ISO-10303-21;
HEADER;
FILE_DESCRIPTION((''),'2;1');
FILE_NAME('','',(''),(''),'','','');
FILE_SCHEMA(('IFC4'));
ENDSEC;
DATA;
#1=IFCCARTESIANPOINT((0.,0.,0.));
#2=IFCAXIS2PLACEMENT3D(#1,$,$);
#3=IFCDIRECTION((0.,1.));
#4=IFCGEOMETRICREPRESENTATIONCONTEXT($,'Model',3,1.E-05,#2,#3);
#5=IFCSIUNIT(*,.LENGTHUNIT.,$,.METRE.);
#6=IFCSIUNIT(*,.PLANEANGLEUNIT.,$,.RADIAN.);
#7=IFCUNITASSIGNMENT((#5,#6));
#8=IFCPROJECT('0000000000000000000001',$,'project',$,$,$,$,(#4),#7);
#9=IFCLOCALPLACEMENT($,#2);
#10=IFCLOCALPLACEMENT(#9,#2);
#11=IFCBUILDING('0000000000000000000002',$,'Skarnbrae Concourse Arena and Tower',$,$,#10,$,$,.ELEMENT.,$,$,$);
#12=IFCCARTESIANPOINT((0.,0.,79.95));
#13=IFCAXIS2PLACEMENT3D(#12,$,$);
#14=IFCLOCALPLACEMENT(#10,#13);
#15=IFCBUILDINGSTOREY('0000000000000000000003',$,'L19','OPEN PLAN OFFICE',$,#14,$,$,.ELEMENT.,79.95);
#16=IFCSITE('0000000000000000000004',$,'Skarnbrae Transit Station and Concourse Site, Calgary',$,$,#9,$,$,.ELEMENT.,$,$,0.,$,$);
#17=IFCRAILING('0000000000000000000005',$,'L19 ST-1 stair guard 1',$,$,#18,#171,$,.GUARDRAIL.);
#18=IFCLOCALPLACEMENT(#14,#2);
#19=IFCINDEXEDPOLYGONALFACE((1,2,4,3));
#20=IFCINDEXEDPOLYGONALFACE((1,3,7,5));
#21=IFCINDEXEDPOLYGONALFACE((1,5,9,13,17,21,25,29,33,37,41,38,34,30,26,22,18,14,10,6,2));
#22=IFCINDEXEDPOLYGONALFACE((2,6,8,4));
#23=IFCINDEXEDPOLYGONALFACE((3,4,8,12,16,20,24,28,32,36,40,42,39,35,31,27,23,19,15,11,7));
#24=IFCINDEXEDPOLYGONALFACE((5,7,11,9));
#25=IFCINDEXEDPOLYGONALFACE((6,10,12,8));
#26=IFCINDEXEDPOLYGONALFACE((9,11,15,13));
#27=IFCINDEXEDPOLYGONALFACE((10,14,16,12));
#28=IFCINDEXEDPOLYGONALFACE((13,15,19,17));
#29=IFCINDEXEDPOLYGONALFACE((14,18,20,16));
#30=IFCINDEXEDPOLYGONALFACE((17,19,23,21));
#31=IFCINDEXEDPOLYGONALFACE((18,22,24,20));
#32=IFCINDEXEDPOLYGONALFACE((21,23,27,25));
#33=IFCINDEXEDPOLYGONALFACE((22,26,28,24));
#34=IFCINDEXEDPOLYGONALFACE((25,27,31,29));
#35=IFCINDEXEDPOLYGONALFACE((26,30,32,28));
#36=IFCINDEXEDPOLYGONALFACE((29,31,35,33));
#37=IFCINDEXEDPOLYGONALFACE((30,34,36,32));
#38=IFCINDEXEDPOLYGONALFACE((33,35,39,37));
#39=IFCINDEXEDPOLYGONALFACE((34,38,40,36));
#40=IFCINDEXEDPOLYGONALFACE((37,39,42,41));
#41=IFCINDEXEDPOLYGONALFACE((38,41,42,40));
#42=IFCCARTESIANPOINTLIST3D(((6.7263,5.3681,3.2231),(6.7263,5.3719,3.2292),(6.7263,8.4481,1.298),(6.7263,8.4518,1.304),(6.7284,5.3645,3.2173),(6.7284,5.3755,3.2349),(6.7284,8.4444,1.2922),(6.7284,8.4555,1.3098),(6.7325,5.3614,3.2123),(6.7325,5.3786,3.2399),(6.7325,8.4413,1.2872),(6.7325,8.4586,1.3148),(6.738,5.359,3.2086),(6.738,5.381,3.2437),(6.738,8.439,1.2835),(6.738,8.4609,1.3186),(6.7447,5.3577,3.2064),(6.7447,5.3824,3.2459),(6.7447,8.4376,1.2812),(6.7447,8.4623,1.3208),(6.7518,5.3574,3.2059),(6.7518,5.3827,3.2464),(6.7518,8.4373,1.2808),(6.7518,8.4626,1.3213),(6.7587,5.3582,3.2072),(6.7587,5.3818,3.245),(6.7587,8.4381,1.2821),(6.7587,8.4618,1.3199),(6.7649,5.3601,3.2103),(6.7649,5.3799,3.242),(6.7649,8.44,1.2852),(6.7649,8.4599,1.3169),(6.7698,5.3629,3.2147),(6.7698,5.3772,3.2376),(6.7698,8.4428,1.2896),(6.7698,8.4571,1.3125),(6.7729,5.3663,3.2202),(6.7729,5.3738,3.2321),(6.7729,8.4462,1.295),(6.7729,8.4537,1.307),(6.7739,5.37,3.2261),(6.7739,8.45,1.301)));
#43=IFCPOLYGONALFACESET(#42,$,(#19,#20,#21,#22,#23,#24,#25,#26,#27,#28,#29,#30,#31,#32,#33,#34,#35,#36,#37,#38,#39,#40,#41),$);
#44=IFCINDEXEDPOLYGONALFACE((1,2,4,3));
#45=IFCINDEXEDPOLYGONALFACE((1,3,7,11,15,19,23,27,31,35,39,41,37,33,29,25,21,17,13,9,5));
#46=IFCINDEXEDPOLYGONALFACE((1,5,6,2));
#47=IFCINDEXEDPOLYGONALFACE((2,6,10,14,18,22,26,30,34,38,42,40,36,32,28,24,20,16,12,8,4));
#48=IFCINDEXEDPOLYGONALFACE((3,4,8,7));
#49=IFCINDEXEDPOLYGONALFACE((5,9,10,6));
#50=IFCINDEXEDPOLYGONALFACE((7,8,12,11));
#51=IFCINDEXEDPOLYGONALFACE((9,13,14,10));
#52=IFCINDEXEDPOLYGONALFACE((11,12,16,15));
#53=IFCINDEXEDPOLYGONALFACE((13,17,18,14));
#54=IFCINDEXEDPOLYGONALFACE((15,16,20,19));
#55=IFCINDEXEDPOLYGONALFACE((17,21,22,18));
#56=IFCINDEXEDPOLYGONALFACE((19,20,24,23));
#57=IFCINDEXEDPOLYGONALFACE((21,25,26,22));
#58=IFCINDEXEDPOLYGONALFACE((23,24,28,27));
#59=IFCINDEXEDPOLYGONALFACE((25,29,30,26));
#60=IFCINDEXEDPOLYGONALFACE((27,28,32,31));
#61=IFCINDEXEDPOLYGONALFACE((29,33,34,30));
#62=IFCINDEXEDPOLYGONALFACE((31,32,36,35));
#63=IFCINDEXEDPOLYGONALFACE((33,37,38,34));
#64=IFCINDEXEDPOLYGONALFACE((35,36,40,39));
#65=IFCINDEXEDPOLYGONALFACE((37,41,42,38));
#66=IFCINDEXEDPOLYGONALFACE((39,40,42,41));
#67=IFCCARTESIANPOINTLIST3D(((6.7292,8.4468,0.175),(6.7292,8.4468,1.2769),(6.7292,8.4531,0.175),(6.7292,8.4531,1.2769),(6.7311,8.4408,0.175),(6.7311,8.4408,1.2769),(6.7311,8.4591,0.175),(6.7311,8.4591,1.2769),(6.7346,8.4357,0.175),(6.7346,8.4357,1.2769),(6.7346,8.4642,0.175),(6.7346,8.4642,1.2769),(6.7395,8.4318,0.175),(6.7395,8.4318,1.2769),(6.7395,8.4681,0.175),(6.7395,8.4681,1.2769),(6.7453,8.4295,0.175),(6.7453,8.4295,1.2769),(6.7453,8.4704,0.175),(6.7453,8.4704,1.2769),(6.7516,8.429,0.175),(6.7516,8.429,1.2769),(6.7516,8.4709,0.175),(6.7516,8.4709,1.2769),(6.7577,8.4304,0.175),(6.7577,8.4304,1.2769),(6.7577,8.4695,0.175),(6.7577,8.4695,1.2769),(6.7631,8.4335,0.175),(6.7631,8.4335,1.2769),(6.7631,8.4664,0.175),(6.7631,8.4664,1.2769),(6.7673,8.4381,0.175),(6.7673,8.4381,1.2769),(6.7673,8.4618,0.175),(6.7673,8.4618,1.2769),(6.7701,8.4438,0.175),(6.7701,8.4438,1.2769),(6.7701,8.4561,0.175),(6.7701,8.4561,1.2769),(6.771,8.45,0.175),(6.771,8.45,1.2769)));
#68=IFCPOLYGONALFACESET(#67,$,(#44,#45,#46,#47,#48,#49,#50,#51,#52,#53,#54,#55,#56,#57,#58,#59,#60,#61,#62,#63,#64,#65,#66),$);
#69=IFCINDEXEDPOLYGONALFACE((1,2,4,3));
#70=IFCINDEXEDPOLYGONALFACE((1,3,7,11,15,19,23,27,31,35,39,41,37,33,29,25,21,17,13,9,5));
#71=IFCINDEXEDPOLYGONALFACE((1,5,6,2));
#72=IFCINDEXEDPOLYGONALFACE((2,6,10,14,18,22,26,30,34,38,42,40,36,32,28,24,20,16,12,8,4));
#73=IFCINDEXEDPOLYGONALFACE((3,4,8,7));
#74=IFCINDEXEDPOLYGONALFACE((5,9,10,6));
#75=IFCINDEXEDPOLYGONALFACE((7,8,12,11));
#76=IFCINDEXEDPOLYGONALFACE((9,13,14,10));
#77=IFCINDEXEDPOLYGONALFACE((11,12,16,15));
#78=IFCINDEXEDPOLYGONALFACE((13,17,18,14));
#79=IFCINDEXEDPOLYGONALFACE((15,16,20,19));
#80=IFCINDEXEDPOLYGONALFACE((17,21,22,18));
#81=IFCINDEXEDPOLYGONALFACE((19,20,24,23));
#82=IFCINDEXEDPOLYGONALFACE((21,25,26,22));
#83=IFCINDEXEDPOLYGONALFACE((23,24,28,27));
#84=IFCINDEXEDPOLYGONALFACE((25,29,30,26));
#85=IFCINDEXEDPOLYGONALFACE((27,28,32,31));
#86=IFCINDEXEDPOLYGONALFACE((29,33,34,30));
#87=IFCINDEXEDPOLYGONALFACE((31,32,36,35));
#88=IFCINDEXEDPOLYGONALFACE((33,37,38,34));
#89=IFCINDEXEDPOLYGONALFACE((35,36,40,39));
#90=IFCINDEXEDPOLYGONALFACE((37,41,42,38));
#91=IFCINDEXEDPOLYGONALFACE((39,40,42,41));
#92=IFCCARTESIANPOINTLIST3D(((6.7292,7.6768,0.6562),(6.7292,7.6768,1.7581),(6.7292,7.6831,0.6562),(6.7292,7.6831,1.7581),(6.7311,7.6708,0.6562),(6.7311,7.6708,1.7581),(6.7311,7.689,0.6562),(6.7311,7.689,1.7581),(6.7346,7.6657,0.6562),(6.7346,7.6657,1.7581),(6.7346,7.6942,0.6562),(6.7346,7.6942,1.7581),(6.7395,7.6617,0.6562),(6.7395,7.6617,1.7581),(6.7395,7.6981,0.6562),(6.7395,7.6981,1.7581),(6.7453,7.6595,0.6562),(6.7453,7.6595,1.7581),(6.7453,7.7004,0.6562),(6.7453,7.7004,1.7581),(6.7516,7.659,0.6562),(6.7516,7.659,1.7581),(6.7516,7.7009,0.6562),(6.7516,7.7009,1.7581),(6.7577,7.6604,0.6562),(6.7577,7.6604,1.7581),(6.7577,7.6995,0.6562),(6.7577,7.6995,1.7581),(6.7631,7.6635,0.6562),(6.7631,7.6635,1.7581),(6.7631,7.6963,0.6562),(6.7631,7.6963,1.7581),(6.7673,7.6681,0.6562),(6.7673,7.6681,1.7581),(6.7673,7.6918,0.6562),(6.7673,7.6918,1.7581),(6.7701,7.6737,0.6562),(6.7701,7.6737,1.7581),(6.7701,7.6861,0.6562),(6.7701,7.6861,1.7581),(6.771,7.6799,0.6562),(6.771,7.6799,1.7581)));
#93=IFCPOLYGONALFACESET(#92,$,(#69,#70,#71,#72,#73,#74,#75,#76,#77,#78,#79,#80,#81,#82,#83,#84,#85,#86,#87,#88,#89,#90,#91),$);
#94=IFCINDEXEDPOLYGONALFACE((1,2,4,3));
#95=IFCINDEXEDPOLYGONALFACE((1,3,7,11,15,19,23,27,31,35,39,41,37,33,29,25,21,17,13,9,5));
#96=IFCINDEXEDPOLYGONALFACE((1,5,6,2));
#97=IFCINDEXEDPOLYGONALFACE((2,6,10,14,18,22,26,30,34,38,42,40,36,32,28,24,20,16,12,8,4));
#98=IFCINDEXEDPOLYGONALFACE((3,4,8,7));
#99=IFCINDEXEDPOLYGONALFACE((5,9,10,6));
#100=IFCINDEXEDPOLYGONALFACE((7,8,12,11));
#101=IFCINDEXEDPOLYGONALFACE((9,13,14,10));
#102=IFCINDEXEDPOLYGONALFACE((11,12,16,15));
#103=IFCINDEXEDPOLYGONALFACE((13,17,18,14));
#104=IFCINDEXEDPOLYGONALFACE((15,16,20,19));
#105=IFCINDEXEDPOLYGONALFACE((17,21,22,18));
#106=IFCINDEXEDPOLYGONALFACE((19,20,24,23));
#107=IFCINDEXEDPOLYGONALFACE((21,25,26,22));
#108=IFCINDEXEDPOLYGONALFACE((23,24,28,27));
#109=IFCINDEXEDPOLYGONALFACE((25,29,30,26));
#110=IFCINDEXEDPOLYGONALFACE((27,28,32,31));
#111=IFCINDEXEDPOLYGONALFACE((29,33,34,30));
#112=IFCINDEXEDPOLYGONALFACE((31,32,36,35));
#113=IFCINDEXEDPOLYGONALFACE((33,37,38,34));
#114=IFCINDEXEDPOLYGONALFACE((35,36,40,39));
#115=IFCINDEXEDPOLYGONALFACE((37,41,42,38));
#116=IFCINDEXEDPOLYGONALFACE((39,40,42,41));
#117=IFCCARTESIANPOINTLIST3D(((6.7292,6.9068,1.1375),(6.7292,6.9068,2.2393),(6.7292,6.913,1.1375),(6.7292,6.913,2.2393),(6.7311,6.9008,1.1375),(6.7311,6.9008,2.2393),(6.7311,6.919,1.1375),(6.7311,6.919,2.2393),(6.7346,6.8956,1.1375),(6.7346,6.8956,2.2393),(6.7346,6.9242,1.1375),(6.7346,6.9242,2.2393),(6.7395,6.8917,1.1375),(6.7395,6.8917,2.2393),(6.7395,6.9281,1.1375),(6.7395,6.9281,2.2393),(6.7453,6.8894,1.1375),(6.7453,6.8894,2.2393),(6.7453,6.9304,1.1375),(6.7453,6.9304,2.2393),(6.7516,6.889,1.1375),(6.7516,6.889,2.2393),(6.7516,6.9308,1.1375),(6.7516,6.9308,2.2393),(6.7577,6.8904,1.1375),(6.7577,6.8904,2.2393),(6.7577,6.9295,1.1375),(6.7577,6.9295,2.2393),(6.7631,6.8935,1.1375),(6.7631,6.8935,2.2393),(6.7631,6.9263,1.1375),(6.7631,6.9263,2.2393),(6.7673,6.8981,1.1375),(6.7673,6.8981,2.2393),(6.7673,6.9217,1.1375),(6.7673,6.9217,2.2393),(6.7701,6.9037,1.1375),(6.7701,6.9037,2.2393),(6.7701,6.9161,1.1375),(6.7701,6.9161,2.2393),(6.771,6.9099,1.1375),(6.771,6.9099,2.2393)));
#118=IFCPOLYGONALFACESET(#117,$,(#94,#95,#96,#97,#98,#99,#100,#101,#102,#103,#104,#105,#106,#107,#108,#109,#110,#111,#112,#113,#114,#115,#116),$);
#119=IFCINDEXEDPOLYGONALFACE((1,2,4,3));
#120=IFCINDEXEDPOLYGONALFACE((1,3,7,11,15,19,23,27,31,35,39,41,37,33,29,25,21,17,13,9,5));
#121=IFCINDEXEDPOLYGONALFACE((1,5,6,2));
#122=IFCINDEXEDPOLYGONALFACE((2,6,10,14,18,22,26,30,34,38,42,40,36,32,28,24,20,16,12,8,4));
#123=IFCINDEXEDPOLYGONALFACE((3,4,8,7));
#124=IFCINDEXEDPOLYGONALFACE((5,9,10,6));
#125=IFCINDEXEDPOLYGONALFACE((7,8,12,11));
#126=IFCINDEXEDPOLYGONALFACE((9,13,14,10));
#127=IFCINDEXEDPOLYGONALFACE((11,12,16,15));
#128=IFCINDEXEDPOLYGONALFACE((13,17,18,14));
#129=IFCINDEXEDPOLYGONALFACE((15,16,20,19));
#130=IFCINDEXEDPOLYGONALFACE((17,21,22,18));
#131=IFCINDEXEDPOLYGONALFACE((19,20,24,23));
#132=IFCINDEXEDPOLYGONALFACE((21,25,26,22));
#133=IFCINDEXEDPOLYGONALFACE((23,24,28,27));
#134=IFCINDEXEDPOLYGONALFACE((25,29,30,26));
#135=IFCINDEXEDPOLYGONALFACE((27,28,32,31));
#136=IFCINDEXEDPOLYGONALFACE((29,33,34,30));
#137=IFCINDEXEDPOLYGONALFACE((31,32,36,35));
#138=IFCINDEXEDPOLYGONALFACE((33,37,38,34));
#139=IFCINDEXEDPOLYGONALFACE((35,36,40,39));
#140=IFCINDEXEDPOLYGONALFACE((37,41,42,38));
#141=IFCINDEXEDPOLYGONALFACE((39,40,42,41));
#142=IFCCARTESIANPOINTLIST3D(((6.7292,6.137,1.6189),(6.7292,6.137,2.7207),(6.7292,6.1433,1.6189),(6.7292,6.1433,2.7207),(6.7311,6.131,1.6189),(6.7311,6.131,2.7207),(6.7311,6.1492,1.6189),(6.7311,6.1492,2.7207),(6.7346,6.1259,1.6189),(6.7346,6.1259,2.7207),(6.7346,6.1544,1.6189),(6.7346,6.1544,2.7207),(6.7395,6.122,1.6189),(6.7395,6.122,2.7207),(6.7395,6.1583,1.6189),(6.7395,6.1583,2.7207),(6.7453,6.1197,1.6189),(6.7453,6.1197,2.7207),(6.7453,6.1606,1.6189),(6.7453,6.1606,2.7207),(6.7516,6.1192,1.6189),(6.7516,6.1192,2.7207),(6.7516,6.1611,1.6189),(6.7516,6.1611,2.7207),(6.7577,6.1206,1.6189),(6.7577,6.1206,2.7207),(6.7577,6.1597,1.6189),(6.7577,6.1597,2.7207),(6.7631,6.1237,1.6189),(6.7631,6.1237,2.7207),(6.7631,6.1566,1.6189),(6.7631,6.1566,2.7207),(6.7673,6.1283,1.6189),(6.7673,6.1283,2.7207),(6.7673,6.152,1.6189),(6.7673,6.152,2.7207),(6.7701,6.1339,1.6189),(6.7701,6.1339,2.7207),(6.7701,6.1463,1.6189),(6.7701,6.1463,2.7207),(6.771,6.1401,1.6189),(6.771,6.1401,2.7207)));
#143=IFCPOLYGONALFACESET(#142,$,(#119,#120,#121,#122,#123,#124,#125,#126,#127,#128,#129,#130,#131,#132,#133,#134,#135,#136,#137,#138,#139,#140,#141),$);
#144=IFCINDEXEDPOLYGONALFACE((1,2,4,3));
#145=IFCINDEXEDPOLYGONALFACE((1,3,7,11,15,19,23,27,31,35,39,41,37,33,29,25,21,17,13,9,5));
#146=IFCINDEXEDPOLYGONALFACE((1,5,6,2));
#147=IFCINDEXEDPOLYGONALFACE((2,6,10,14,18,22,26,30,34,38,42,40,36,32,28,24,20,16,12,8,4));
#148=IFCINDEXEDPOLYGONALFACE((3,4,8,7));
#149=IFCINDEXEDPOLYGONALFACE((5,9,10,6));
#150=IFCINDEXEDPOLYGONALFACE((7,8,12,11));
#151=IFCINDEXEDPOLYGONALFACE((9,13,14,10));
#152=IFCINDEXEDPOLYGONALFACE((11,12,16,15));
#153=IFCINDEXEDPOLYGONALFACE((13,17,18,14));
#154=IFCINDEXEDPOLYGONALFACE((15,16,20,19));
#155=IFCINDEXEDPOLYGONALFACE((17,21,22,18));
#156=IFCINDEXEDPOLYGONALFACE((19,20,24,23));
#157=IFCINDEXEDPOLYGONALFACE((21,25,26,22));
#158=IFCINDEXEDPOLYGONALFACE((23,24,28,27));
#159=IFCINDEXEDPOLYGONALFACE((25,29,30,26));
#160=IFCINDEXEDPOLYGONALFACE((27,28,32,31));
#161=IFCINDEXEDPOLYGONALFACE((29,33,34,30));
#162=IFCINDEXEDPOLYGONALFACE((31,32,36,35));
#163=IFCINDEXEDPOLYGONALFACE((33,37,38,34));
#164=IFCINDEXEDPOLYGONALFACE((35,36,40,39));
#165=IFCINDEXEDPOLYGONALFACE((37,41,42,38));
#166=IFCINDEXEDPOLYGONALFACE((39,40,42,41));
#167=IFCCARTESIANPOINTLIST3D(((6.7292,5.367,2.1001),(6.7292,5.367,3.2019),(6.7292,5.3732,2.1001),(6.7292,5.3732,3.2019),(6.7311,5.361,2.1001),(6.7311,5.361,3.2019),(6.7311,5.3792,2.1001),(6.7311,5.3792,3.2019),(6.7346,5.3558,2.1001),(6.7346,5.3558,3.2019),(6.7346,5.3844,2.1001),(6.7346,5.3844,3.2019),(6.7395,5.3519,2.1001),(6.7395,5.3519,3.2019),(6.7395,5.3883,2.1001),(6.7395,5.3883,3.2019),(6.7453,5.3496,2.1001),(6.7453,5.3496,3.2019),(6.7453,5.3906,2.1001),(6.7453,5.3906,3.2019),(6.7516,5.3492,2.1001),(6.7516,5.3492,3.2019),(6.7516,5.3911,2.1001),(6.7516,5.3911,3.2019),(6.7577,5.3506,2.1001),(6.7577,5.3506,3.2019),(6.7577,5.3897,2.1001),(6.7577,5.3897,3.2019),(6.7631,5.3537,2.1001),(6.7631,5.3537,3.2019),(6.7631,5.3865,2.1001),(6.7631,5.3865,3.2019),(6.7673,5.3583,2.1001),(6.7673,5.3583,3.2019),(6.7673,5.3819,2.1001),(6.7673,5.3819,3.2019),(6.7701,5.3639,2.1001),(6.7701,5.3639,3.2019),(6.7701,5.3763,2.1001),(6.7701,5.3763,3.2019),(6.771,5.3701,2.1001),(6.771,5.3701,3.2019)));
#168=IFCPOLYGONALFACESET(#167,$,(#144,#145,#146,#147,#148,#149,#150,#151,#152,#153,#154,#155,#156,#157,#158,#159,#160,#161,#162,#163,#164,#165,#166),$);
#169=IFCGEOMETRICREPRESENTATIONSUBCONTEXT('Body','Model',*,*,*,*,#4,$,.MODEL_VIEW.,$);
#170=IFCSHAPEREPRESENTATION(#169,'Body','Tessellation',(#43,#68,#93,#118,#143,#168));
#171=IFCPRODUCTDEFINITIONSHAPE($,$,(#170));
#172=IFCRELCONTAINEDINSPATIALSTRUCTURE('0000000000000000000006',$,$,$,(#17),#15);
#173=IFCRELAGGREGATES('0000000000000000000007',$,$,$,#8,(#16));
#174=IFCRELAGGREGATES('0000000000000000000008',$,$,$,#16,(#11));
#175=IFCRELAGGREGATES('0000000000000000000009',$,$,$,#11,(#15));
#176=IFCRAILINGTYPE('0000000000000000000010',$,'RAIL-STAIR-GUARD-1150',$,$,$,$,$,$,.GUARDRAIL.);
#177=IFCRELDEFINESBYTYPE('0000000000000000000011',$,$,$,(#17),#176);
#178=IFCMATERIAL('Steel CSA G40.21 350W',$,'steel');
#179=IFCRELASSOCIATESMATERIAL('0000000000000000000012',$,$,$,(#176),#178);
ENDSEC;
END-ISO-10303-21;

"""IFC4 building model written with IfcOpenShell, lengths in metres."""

from ifc_helpers import new_model, si_unit, direction, frame, origin, origin_2d, place, context, subcontext, project, spatial, circle, extrude, material, type_object, element, save


model = new_model("IFC4")

# Units and contexts
model_context = context("Model", 3, precision=1e-05, world=origin(), true_north=direction((0.0, 1.0)))
body_context = subcontext(model_context, "Body", "Model", "MODEL_VIEW")
ifc_project = project(units=[si_unit("LENGTHUNIT", "METRE"), si_unit("PLANEANGLEUNIT", "RADIAN")], contexts=[model_context])

# Site, building, storey
site_placement = place(None, origin())
site = spatial("IfcSite", under=ifc_project, at=site_placement, Name="Skarnbrae Transit Station and Concourse Site, Calgary", CompositionType="ELEMENT", RefElevation=0.0)
building_placement = place(site_placement, origin())
building = spatial("IfcBuilding", under=site, at=building_placement, Name="Skarnbrae Concourse Arena and Tower", CompositionType="ELEMENT")
storey_placement = place(building_placement, frame((0.0, 0.0, 79.95)))
storey = spatial("IfcBuildingStorey", under=building, at=storey_placement, Name="L19", Description="OPEN PLAN OFFICE", CompositionType="ELEMENT", Elevation=79.95)

# Shared definitions
ifc_material_1 = material(Name="Steel CSA G40.21 350W", Category="steel")

# Railing
railing_type_1 = type_object("IfcRailingType", Name="RAIL-STAIR-GUARD-1150", PredefinedType="GUARDRAIL", material=ifc_material_1)
railing_1_placement = place(storey_placement, frame((6.75, 8.45, 0.175)))
element("IfcRailing", 1, at=railing_1_placement, inside=storey, type_object=railing_type_1, Name="L19 ST-1 stair guard 1", PredefinedType="GUARDRAIL", context=body_context, shape_type="SweptSolid", body=[
    extrude(circle(Radius=0.0239, at=origin_2d()), frame((0.0, 0.0, 1.126), z_axis=(0.0, -0.847979, 0.530029), x_axis=(1.0, 0.0, 0.0)), (0.0, 0.0, 1.0), 3.6321),
    extrude(circle(Radius=0.021, at=origin_2d()), origin(), (0.0, 0.0, 1.0), 1.1018),
    extrude(circle(Radius=0.021, at=origin_2d()), frame((0.0, -0.77, 0.4812)), (0.0, 0.0, 1.0), 1.1018),
    extrude(circle(Radius=0.021, at=origin_2d()), frame((0.0, -1.54, 0.9624)), (0.0, 0.0, 1.0), 1.1018),
    extrude(circle(Radius=0.021, at=origin_2d()), frame((0.0, -2.3098, 1.4438)), (0.0, 0.0, 1.0), 1.1018),
    extrude(circle(Radius=0.021, at=origin_2d()), frame((0.0, -3.0798, 1.925)), (0.0, 0.0, 1.0), 1.1018),
])

save(model, "model.ifc")
